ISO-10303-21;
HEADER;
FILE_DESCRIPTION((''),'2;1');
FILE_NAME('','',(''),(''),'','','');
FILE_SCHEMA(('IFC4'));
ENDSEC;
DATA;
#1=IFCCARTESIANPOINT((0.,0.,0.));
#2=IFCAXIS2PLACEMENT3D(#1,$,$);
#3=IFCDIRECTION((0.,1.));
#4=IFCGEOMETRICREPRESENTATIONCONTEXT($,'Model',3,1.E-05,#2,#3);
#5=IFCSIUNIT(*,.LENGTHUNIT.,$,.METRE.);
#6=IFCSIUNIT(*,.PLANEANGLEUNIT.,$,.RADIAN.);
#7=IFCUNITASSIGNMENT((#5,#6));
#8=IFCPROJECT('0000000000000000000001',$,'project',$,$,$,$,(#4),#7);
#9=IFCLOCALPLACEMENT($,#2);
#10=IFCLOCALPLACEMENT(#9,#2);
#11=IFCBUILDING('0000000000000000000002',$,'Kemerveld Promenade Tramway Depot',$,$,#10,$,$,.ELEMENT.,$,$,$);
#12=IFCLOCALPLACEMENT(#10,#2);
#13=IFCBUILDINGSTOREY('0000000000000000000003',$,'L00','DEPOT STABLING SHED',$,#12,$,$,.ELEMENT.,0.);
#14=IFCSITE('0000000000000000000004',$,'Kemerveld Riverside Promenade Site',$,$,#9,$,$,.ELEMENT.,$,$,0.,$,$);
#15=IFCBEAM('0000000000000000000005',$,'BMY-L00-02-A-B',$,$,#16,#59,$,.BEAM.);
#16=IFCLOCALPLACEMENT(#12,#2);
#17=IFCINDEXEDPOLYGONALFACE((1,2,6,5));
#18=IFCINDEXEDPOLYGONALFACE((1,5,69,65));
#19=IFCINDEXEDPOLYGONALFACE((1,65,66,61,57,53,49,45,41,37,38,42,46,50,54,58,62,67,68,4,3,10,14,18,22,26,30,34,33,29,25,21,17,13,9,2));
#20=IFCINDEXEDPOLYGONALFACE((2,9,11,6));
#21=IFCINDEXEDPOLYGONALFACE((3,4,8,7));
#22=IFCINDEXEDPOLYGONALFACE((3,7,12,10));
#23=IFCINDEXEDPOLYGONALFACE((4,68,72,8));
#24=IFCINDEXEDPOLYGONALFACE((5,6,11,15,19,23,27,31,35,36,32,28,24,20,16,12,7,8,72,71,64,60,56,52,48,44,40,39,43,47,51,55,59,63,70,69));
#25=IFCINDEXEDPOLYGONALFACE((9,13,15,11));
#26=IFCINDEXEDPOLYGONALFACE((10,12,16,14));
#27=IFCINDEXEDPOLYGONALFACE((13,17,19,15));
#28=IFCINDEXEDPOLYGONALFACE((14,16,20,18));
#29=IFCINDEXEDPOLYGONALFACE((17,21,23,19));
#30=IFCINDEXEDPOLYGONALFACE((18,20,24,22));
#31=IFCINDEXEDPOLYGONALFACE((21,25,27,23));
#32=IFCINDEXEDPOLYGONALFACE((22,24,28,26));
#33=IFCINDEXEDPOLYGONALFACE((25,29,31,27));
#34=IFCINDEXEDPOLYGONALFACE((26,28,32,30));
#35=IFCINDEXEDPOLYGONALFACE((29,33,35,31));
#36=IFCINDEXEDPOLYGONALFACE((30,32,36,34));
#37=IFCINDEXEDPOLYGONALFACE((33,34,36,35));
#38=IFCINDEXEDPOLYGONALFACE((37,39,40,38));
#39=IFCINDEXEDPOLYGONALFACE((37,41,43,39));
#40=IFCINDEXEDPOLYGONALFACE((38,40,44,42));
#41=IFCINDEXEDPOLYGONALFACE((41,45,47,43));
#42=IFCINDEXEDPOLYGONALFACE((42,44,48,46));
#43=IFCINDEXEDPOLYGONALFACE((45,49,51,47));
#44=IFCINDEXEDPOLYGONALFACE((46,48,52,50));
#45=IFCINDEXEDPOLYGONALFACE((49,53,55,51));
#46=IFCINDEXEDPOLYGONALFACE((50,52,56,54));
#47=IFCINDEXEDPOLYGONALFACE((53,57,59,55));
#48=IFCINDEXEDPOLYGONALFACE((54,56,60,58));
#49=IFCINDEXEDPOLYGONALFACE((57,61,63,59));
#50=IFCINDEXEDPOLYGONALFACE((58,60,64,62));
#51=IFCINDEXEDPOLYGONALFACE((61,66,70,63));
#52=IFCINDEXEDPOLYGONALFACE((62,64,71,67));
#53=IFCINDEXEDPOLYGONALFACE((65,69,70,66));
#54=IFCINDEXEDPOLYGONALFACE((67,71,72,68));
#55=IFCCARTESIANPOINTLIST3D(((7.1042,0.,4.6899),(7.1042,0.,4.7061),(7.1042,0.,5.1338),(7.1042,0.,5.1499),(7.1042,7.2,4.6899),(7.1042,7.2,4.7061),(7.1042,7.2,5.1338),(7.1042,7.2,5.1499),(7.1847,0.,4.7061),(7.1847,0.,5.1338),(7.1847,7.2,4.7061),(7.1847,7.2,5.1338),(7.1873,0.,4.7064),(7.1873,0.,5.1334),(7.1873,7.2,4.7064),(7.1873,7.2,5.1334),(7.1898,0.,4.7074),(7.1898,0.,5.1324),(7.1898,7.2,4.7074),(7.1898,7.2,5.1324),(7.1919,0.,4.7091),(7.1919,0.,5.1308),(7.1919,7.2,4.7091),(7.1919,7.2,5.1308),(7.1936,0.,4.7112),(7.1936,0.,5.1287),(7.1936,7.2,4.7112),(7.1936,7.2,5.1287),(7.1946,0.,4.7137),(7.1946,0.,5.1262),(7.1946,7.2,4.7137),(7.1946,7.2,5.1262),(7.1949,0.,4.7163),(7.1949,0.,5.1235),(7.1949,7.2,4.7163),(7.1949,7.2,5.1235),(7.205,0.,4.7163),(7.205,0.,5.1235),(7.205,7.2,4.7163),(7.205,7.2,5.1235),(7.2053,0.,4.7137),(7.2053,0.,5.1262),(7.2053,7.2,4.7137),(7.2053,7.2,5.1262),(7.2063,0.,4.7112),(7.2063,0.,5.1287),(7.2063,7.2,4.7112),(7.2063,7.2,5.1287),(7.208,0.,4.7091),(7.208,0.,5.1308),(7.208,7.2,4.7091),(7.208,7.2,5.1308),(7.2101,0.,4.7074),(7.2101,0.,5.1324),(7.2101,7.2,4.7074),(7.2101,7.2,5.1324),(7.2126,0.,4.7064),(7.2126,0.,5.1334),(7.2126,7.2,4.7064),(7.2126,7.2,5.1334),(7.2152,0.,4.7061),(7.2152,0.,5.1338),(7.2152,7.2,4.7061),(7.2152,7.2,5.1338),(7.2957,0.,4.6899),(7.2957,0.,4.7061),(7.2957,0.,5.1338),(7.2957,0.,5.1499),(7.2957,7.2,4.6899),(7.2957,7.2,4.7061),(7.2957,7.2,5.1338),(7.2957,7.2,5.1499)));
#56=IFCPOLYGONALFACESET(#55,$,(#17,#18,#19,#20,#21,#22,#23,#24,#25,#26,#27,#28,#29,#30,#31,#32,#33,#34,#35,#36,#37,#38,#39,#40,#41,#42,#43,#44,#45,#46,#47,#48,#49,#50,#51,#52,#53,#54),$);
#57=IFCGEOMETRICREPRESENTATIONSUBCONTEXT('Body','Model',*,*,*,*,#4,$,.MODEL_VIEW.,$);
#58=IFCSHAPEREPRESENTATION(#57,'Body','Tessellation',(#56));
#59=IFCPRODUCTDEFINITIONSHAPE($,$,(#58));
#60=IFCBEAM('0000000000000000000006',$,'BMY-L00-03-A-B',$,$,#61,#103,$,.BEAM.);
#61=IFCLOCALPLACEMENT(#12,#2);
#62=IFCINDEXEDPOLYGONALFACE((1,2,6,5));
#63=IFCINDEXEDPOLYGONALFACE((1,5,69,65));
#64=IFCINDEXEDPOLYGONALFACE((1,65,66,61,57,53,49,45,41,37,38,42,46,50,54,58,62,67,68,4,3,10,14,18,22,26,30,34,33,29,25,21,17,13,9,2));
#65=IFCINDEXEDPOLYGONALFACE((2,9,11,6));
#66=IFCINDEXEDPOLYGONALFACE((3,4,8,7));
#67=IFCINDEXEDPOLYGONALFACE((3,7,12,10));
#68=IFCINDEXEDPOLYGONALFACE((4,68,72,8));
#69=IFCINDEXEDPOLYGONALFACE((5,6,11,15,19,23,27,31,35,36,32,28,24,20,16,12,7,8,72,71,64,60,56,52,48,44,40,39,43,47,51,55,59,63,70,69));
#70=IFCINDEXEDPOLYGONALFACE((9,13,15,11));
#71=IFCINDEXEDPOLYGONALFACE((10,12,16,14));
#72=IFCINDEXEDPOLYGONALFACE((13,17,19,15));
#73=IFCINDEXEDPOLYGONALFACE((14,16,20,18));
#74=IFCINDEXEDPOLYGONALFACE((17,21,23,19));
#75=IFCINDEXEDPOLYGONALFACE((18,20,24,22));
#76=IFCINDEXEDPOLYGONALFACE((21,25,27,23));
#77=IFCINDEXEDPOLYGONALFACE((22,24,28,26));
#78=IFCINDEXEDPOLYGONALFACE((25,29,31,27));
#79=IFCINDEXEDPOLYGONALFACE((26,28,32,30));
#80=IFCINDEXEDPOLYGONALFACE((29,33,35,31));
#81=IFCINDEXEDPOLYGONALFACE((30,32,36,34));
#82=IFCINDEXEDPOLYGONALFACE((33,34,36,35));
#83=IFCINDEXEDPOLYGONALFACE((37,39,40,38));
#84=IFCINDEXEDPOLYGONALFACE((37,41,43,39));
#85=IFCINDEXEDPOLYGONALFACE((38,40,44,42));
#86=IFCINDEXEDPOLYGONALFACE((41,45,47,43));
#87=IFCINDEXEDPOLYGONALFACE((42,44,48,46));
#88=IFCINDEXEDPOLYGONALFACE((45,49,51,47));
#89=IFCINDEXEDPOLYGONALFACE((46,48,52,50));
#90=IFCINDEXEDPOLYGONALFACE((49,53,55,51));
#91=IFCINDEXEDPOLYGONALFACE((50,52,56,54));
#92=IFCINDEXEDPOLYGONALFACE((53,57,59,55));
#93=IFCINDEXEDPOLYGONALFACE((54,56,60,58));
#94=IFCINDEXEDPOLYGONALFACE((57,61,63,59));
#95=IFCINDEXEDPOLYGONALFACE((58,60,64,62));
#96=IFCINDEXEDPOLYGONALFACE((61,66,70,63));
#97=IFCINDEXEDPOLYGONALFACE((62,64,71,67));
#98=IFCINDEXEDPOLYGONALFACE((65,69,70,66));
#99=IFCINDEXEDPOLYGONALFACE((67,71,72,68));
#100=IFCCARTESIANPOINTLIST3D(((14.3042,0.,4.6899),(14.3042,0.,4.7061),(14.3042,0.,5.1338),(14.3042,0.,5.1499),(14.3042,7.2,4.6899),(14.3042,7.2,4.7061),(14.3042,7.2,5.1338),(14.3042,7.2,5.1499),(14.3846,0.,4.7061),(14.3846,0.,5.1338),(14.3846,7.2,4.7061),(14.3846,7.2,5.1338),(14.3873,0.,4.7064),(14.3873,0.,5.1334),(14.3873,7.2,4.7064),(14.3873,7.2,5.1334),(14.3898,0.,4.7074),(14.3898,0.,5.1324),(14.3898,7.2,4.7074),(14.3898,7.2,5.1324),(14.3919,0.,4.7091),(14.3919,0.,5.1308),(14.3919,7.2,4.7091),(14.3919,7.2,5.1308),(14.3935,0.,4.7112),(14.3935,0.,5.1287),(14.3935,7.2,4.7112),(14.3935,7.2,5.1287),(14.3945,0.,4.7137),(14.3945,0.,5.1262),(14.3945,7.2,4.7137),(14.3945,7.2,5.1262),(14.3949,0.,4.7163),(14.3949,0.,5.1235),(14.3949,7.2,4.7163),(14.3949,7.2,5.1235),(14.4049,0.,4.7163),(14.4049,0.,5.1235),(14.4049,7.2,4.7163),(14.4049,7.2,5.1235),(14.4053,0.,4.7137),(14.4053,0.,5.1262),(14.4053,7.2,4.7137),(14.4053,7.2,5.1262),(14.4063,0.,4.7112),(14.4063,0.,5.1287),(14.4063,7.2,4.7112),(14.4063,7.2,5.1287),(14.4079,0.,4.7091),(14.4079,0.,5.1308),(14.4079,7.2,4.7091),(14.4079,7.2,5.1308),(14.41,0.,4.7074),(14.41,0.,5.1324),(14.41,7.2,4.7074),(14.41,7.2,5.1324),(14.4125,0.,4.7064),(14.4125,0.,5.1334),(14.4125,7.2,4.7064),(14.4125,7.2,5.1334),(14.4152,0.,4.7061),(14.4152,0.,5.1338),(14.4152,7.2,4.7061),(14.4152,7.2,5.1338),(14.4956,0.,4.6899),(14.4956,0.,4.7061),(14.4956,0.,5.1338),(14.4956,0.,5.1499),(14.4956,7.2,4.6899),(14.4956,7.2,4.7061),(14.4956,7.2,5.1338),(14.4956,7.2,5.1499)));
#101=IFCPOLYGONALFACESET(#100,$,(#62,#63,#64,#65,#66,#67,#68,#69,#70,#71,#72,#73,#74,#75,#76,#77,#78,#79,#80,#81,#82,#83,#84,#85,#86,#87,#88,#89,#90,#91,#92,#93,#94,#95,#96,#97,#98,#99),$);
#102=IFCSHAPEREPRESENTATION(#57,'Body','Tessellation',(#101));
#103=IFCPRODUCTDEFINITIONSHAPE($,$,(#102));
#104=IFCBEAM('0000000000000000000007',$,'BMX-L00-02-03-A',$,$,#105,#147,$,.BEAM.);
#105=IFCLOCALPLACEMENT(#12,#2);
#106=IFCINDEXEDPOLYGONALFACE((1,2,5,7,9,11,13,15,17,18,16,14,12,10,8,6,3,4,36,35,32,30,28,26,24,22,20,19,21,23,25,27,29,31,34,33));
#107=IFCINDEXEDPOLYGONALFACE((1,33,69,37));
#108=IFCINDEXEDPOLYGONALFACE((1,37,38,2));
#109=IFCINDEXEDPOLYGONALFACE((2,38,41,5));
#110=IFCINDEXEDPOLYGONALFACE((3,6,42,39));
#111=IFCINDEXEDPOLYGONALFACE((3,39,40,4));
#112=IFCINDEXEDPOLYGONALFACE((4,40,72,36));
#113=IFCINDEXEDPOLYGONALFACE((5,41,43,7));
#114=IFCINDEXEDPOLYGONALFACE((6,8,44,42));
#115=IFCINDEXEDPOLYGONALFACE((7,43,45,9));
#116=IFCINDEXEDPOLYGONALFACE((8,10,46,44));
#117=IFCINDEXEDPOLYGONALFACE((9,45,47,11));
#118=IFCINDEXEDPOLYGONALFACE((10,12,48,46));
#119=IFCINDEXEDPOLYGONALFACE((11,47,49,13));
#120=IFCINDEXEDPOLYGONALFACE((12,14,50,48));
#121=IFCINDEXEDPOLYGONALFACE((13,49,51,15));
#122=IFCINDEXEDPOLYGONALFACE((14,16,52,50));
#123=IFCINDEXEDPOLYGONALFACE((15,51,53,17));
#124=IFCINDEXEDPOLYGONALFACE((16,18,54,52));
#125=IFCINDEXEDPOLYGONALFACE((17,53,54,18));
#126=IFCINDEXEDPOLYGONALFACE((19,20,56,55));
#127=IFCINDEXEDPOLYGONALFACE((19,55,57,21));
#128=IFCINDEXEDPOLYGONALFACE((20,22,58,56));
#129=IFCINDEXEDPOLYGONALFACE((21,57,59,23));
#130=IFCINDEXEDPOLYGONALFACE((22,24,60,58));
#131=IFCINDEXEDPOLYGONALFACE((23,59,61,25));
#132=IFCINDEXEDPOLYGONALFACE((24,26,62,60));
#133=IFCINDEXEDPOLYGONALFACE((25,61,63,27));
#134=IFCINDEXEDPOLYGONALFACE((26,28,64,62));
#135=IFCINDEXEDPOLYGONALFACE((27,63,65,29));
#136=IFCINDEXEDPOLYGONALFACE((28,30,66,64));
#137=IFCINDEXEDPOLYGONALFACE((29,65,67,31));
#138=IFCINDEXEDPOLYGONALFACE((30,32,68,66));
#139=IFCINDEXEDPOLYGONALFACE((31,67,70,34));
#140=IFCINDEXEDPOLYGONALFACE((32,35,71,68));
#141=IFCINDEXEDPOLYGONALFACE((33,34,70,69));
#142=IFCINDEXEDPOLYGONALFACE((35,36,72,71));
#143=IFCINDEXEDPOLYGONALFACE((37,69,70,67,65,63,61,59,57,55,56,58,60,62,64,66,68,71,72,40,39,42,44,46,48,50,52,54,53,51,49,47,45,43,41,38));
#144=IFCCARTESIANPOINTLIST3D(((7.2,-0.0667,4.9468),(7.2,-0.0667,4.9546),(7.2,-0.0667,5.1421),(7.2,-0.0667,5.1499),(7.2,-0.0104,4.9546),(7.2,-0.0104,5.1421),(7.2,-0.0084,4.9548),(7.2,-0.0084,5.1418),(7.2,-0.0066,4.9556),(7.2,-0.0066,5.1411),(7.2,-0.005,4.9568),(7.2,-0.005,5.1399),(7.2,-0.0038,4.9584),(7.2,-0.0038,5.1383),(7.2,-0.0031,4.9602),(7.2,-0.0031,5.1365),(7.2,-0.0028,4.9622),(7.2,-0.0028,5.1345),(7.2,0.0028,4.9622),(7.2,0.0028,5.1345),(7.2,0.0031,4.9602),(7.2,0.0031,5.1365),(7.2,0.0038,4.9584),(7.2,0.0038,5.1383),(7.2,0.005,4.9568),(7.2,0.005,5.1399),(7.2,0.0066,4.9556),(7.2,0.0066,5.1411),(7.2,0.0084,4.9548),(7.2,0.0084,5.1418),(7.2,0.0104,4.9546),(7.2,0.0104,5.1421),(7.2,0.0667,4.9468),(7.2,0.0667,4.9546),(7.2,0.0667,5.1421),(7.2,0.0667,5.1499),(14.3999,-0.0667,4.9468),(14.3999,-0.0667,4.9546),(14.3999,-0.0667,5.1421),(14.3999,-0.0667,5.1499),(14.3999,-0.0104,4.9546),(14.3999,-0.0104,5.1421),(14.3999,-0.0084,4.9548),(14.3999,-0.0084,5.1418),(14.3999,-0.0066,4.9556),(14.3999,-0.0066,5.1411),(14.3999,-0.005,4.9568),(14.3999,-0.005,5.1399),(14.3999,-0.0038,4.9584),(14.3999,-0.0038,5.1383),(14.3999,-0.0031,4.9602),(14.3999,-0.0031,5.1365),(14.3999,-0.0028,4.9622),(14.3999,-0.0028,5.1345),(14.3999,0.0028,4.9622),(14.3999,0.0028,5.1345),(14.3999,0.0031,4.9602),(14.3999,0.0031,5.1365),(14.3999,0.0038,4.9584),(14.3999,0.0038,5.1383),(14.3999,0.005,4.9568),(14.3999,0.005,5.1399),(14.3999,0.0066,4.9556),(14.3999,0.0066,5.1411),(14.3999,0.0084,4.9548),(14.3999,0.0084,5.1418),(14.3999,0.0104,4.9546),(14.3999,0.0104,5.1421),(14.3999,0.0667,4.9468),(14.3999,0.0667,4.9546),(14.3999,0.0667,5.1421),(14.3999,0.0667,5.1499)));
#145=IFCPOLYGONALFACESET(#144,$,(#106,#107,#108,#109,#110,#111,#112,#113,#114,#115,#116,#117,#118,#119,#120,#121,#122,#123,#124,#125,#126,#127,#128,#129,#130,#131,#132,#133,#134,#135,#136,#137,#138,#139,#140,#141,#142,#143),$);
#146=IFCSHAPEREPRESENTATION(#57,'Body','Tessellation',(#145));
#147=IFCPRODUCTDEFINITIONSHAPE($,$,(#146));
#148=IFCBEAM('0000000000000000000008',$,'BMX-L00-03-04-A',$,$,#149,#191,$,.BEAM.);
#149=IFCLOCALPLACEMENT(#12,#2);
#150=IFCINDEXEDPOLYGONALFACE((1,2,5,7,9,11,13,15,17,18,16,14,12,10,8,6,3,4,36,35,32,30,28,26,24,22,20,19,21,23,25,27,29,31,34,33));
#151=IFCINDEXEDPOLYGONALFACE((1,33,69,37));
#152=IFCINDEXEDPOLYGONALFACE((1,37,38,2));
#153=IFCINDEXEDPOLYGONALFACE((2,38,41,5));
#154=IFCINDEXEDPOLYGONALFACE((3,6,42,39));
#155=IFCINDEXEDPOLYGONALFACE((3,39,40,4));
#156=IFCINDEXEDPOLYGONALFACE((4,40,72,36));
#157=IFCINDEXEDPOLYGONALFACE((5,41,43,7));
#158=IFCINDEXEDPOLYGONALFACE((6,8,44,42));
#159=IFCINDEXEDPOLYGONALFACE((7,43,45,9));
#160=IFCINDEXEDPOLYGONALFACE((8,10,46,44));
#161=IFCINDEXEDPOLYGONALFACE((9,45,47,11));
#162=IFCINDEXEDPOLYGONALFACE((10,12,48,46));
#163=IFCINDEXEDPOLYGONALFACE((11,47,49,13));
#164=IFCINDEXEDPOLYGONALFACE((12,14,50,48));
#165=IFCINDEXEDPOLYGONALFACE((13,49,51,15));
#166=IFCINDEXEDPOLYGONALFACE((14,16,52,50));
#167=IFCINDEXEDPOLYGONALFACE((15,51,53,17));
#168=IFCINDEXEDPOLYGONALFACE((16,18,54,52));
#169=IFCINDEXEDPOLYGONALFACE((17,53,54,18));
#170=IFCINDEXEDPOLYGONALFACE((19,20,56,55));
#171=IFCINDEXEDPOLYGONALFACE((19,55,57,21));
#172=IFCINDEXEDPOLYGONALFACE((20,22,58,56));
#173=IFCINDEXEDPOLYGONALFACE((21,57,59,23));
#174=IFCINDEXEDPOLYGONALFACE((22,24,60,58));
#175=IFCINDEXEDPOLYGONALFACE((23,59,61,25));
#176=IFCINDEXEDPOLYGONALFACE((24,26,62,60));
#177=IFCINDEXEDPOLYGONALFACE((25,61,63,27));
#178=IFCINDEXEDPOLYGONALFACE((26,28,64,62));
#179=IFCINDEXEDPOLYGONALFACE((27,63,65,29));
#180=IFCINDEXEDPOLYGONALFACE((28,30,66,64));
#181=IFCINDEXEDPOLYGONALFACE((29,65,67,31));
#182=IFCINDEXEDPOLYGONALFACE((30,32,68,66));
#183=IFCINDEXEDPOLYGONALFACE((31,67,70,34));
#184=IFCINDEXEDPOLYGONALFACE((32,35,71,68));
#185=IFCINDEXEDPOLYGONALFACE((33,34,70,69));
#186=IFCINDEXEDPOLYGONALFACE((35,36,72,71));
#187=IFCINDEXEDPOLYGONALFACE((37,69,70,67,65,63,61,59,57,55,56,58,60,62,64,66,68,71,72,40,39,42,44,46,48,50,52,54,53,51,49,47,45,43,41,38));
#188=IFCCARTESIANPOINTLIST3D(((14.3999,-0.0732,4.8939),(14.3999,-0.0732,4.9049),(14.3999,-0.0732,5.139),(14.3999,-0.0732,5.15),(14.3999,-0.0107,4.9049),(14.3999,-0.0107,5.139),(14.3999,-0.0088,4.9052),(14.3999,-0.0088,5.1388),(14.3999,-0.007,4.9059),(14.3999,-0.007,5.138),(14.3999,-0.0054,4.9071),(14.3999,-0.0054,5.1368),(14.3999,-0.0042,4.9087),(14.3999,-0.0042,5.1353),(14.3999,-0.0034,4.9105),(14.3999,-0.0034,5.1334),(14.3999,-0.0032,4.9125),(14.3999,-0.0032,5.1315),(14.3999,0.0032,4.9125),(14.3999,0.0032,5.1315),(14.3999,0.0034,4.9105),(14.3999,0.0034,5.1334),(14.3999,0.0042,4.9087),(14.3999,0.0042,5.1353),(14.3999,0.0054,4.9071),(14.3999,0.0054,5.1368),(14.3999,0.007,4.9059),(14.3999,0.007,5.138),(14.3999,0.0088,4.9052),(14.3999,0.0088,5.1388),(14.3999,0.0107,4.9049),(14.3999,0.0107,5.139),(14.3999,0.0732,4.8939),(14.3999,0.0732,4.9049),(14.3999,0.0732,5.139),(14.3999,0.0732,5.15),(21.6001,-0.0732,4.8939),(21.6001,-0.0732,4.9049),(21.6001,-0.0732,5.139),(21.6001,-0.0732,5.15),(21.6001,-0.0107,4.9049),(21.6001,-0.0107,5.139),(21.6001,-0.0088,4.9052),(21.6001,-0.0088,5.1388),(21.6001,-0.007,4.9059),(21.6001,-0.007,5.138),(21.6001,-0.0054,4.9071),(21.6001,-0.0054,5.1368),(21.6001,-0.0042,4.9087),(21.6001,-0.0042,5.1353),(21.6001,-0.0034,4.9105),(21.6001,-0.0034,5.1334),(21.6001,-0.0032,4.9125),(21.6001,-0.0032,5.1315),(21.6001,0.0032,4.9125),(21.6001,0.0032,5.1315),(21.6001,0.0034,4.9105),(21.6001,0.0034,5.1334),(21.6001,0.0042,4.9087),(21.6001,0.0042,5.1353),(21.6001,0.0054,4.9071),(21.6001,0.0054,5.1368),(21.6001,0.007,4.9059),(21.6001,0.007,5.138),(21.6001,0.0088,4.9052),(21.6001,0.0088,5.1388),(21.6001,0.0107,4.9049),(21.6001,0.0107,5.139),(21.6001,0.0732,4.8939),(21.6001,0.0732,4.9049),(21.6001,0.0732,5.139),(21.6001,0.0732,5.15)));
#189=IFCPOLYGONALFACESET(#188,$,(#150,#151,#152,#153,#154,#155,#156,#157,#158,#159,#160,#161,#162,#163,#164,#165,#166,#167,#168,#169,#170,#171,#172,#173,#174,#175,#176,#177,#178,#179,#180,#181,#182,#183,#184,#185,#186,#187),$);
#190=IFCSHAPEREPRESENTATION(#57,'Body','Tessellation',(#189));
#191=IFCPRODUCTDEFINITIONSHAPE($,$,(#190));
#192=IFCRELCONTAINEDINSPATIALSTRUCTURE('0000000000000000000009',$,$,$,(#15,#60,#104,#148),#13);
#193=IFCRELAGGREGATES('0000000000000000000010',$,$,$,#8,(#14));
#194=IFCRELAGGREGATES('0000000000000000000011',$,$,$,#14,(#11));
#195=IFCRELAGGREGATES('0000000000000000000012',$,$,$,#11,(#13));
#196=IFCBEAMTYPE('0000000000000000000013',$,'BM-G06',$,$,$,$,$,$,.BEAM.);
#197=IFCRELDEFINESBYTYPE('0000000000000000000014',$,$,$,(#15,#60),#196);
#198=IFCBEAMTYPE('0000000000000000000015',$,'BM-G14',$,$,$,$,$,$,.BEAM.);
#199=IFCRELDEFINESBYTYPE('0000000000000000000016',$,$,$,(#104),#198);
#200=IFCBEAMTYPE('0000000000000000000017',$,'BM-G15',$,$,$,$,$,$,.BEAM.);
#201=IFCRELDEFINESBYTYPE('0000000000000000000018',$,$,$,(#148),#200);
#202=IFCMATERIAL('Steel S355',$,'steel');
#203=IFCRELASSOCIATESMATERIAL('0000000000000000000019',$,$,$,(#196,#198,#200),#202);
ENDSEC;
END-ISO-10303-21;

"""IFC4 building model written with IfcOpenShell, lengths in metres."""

from ifc_helpers import new_model, si_unit, direction, frame, origin, origin_2d, place, context, subcontext, project, spatial, i_section, extrude, material, material_profile, profile_set, type_object, element, save


model = new_model("IFC4")

# Units and contexts
model_context = context("Model", 3, precision=1e-05, world=origin(), true_north=direction((0.0, 1.0)))
body_context = subcontext(model_context, "Body", "Model", "MODEL_VIEW")
ifc_project = project(units=[si_unit("LENGTHUNIT", "METRE"), si_unit("PLANEANGLEUNIT", "RADIAN")], contexts=[model_context])

# Site, building, storey
site_placement = place(None, origin())
site = spatial("IfcSite", under=ifc_project, at=site_placement, Name="Kemerveld Riverside Promenade Site", CompositionType="ELEMENT", RefElevation=0.0)
building_placement = place(site_placement, origin())
building = spatial("IfcBuilding", under=site, at=building_placement, Name="Kemerveld Promenade Tramway Depot", CompositionType="ELEMENT")
storey_placement = place(building_placement, origin())
storey = spatial("IfcBuildingStorey", under=building, at=storey_placement, Name="L00", Description="DEPOT STABLING SHED", CompositionType="ELEMENT", Elevation=0.0)

# Shared definitions
ifc_material_1 = material(Name="Steel S355", Category="steel")

# Beams
ifc_material_profile_1 = material_profile(ifc_material_1, i_section(OverallWidth=0.1914, OverallDepth=0.46, WebThickness=0.01, FlangeThickness=0.0161, FilletRadius=0.0103, at=origin_2d()), Name="457x191x82 UB")
ifc_profile_set_1 = profile_set([ifc_material_profile_1], Name="Steel S355")
beam_type_1 = type_object("IfcBeamType", Name="BM-G06", PredefinedType="BEAM", material=ifc_profile_set_1)
for number, where, z_axis, x_axis, name in (
    (1, (7.2, 0.0, 4.9199), (0.0, 1.0, 0.0), (-1.0, 0.0, 0.0), "BMY-L00-02-A-B"),
    (2, (14.3999, 0.0, 4.9199), (0.0, 1.0, 0.0), (-1.0, 0.0, 0.0), "BMY-L00-03-A-B"),
):
    element("IfcBeam", number, at=place(storey_placement, frame(where, z_axis=z_axis, x_axis=x_axis)), inside=storey, type_object=beam_type_1, Name=name, PredefinedType="BEAM", context=body_context, shape_type="SweptSolid", body=[
        extrude(i_section(OverallWidth=0.1914, OverallDepth=0.46, WebThickness=0.01, FlangeThickness=0.0161, FilletRadius=0.0103, at=origin_2d()), origin(), (0.0, 0.0, 1.0), 7.2),
    ])
ifc_material_profile_2 = material_profile(ifc_material_1, i_section(OverallWidth=0.1333, OverallDepth=0.2031, WebThickness=0.0056, FlangeThickness=0.0078, FilletRadius=0.0076, at=origin_2d()), Name="203x133x25 UB")
ifc_profile_set_2 = profile_set([ifc_material_profile_2], Name="Steel S355")
beam_type_2 = type_object("IfcBeamType", Name="BM-G14", PredefinedType="BEAM", material=ifc_profile_set_2)
beam_1_placement = place(storey_placement, frame((7.2, 0.0, 5.0483), z_axis=(1.0, 0.0, 0.0), x_axis=(0.0, 1.0, 0.0)))
element("IfcBeam", 3, at=beam_1_placement, inside=storey, type_object=beam_type_2, Name="BMX-L00-02-03-A", PredefinedType="BEAM", context=body_context, shape_type="SweptSolid", body=[
    extrude(i_section(OverallWidth=0.1333, OverallDepth=0.2031, WebThickness=0.0056, FlangeThickness=0.0078, FilletRadius=0.0076, at=origin_2d()), origin(), (0.0, 0.0, 1.0), 7.2),
])
ifc_material_profile_3 = material_profile(ifc_material_1, i_section(OverallWidth=0.1465, OverallDepth=0.2561, WebThickness=0.0063, FlangeThickness=0.011, FilletRadius=0.0076, at=origin_2d()), Name="254x146x37 UB")
ifc_profile_set_3 = profile_set([ifc_material_profile_3], Name="Steel S355")
beam_type_3 = type_object("IfcBeamType", Name="BM-G15", PredefinedType="BEAM", material=ifc_profile_set_3)
beam_2_placement = place(storey_placement, frame((14.3999, 0.0, 5.022), z_axis=(1.0, 0.0, 0.0), x_axis=(0.0, 1.0, 0.0)))
element("IfcBeam", 4, at=beam_2_placement, inside=storey, type_object=beam_type_3, Name="BMX-L00-03-04-A", PredefinedType="BEAM", context=body_context, shape_type="SweptSolid", body=[
    extrude(i_section(OverallWidth=0.1465, OverallDepth=0.2561, WebThickness=0.0063, FlangeThickness=0.011, FilletRadius=0.0076, at=origin_2d()), origin(), (0.0, 0.0, 1.0), 7.2002),
])

save(model, "model.ifc")
